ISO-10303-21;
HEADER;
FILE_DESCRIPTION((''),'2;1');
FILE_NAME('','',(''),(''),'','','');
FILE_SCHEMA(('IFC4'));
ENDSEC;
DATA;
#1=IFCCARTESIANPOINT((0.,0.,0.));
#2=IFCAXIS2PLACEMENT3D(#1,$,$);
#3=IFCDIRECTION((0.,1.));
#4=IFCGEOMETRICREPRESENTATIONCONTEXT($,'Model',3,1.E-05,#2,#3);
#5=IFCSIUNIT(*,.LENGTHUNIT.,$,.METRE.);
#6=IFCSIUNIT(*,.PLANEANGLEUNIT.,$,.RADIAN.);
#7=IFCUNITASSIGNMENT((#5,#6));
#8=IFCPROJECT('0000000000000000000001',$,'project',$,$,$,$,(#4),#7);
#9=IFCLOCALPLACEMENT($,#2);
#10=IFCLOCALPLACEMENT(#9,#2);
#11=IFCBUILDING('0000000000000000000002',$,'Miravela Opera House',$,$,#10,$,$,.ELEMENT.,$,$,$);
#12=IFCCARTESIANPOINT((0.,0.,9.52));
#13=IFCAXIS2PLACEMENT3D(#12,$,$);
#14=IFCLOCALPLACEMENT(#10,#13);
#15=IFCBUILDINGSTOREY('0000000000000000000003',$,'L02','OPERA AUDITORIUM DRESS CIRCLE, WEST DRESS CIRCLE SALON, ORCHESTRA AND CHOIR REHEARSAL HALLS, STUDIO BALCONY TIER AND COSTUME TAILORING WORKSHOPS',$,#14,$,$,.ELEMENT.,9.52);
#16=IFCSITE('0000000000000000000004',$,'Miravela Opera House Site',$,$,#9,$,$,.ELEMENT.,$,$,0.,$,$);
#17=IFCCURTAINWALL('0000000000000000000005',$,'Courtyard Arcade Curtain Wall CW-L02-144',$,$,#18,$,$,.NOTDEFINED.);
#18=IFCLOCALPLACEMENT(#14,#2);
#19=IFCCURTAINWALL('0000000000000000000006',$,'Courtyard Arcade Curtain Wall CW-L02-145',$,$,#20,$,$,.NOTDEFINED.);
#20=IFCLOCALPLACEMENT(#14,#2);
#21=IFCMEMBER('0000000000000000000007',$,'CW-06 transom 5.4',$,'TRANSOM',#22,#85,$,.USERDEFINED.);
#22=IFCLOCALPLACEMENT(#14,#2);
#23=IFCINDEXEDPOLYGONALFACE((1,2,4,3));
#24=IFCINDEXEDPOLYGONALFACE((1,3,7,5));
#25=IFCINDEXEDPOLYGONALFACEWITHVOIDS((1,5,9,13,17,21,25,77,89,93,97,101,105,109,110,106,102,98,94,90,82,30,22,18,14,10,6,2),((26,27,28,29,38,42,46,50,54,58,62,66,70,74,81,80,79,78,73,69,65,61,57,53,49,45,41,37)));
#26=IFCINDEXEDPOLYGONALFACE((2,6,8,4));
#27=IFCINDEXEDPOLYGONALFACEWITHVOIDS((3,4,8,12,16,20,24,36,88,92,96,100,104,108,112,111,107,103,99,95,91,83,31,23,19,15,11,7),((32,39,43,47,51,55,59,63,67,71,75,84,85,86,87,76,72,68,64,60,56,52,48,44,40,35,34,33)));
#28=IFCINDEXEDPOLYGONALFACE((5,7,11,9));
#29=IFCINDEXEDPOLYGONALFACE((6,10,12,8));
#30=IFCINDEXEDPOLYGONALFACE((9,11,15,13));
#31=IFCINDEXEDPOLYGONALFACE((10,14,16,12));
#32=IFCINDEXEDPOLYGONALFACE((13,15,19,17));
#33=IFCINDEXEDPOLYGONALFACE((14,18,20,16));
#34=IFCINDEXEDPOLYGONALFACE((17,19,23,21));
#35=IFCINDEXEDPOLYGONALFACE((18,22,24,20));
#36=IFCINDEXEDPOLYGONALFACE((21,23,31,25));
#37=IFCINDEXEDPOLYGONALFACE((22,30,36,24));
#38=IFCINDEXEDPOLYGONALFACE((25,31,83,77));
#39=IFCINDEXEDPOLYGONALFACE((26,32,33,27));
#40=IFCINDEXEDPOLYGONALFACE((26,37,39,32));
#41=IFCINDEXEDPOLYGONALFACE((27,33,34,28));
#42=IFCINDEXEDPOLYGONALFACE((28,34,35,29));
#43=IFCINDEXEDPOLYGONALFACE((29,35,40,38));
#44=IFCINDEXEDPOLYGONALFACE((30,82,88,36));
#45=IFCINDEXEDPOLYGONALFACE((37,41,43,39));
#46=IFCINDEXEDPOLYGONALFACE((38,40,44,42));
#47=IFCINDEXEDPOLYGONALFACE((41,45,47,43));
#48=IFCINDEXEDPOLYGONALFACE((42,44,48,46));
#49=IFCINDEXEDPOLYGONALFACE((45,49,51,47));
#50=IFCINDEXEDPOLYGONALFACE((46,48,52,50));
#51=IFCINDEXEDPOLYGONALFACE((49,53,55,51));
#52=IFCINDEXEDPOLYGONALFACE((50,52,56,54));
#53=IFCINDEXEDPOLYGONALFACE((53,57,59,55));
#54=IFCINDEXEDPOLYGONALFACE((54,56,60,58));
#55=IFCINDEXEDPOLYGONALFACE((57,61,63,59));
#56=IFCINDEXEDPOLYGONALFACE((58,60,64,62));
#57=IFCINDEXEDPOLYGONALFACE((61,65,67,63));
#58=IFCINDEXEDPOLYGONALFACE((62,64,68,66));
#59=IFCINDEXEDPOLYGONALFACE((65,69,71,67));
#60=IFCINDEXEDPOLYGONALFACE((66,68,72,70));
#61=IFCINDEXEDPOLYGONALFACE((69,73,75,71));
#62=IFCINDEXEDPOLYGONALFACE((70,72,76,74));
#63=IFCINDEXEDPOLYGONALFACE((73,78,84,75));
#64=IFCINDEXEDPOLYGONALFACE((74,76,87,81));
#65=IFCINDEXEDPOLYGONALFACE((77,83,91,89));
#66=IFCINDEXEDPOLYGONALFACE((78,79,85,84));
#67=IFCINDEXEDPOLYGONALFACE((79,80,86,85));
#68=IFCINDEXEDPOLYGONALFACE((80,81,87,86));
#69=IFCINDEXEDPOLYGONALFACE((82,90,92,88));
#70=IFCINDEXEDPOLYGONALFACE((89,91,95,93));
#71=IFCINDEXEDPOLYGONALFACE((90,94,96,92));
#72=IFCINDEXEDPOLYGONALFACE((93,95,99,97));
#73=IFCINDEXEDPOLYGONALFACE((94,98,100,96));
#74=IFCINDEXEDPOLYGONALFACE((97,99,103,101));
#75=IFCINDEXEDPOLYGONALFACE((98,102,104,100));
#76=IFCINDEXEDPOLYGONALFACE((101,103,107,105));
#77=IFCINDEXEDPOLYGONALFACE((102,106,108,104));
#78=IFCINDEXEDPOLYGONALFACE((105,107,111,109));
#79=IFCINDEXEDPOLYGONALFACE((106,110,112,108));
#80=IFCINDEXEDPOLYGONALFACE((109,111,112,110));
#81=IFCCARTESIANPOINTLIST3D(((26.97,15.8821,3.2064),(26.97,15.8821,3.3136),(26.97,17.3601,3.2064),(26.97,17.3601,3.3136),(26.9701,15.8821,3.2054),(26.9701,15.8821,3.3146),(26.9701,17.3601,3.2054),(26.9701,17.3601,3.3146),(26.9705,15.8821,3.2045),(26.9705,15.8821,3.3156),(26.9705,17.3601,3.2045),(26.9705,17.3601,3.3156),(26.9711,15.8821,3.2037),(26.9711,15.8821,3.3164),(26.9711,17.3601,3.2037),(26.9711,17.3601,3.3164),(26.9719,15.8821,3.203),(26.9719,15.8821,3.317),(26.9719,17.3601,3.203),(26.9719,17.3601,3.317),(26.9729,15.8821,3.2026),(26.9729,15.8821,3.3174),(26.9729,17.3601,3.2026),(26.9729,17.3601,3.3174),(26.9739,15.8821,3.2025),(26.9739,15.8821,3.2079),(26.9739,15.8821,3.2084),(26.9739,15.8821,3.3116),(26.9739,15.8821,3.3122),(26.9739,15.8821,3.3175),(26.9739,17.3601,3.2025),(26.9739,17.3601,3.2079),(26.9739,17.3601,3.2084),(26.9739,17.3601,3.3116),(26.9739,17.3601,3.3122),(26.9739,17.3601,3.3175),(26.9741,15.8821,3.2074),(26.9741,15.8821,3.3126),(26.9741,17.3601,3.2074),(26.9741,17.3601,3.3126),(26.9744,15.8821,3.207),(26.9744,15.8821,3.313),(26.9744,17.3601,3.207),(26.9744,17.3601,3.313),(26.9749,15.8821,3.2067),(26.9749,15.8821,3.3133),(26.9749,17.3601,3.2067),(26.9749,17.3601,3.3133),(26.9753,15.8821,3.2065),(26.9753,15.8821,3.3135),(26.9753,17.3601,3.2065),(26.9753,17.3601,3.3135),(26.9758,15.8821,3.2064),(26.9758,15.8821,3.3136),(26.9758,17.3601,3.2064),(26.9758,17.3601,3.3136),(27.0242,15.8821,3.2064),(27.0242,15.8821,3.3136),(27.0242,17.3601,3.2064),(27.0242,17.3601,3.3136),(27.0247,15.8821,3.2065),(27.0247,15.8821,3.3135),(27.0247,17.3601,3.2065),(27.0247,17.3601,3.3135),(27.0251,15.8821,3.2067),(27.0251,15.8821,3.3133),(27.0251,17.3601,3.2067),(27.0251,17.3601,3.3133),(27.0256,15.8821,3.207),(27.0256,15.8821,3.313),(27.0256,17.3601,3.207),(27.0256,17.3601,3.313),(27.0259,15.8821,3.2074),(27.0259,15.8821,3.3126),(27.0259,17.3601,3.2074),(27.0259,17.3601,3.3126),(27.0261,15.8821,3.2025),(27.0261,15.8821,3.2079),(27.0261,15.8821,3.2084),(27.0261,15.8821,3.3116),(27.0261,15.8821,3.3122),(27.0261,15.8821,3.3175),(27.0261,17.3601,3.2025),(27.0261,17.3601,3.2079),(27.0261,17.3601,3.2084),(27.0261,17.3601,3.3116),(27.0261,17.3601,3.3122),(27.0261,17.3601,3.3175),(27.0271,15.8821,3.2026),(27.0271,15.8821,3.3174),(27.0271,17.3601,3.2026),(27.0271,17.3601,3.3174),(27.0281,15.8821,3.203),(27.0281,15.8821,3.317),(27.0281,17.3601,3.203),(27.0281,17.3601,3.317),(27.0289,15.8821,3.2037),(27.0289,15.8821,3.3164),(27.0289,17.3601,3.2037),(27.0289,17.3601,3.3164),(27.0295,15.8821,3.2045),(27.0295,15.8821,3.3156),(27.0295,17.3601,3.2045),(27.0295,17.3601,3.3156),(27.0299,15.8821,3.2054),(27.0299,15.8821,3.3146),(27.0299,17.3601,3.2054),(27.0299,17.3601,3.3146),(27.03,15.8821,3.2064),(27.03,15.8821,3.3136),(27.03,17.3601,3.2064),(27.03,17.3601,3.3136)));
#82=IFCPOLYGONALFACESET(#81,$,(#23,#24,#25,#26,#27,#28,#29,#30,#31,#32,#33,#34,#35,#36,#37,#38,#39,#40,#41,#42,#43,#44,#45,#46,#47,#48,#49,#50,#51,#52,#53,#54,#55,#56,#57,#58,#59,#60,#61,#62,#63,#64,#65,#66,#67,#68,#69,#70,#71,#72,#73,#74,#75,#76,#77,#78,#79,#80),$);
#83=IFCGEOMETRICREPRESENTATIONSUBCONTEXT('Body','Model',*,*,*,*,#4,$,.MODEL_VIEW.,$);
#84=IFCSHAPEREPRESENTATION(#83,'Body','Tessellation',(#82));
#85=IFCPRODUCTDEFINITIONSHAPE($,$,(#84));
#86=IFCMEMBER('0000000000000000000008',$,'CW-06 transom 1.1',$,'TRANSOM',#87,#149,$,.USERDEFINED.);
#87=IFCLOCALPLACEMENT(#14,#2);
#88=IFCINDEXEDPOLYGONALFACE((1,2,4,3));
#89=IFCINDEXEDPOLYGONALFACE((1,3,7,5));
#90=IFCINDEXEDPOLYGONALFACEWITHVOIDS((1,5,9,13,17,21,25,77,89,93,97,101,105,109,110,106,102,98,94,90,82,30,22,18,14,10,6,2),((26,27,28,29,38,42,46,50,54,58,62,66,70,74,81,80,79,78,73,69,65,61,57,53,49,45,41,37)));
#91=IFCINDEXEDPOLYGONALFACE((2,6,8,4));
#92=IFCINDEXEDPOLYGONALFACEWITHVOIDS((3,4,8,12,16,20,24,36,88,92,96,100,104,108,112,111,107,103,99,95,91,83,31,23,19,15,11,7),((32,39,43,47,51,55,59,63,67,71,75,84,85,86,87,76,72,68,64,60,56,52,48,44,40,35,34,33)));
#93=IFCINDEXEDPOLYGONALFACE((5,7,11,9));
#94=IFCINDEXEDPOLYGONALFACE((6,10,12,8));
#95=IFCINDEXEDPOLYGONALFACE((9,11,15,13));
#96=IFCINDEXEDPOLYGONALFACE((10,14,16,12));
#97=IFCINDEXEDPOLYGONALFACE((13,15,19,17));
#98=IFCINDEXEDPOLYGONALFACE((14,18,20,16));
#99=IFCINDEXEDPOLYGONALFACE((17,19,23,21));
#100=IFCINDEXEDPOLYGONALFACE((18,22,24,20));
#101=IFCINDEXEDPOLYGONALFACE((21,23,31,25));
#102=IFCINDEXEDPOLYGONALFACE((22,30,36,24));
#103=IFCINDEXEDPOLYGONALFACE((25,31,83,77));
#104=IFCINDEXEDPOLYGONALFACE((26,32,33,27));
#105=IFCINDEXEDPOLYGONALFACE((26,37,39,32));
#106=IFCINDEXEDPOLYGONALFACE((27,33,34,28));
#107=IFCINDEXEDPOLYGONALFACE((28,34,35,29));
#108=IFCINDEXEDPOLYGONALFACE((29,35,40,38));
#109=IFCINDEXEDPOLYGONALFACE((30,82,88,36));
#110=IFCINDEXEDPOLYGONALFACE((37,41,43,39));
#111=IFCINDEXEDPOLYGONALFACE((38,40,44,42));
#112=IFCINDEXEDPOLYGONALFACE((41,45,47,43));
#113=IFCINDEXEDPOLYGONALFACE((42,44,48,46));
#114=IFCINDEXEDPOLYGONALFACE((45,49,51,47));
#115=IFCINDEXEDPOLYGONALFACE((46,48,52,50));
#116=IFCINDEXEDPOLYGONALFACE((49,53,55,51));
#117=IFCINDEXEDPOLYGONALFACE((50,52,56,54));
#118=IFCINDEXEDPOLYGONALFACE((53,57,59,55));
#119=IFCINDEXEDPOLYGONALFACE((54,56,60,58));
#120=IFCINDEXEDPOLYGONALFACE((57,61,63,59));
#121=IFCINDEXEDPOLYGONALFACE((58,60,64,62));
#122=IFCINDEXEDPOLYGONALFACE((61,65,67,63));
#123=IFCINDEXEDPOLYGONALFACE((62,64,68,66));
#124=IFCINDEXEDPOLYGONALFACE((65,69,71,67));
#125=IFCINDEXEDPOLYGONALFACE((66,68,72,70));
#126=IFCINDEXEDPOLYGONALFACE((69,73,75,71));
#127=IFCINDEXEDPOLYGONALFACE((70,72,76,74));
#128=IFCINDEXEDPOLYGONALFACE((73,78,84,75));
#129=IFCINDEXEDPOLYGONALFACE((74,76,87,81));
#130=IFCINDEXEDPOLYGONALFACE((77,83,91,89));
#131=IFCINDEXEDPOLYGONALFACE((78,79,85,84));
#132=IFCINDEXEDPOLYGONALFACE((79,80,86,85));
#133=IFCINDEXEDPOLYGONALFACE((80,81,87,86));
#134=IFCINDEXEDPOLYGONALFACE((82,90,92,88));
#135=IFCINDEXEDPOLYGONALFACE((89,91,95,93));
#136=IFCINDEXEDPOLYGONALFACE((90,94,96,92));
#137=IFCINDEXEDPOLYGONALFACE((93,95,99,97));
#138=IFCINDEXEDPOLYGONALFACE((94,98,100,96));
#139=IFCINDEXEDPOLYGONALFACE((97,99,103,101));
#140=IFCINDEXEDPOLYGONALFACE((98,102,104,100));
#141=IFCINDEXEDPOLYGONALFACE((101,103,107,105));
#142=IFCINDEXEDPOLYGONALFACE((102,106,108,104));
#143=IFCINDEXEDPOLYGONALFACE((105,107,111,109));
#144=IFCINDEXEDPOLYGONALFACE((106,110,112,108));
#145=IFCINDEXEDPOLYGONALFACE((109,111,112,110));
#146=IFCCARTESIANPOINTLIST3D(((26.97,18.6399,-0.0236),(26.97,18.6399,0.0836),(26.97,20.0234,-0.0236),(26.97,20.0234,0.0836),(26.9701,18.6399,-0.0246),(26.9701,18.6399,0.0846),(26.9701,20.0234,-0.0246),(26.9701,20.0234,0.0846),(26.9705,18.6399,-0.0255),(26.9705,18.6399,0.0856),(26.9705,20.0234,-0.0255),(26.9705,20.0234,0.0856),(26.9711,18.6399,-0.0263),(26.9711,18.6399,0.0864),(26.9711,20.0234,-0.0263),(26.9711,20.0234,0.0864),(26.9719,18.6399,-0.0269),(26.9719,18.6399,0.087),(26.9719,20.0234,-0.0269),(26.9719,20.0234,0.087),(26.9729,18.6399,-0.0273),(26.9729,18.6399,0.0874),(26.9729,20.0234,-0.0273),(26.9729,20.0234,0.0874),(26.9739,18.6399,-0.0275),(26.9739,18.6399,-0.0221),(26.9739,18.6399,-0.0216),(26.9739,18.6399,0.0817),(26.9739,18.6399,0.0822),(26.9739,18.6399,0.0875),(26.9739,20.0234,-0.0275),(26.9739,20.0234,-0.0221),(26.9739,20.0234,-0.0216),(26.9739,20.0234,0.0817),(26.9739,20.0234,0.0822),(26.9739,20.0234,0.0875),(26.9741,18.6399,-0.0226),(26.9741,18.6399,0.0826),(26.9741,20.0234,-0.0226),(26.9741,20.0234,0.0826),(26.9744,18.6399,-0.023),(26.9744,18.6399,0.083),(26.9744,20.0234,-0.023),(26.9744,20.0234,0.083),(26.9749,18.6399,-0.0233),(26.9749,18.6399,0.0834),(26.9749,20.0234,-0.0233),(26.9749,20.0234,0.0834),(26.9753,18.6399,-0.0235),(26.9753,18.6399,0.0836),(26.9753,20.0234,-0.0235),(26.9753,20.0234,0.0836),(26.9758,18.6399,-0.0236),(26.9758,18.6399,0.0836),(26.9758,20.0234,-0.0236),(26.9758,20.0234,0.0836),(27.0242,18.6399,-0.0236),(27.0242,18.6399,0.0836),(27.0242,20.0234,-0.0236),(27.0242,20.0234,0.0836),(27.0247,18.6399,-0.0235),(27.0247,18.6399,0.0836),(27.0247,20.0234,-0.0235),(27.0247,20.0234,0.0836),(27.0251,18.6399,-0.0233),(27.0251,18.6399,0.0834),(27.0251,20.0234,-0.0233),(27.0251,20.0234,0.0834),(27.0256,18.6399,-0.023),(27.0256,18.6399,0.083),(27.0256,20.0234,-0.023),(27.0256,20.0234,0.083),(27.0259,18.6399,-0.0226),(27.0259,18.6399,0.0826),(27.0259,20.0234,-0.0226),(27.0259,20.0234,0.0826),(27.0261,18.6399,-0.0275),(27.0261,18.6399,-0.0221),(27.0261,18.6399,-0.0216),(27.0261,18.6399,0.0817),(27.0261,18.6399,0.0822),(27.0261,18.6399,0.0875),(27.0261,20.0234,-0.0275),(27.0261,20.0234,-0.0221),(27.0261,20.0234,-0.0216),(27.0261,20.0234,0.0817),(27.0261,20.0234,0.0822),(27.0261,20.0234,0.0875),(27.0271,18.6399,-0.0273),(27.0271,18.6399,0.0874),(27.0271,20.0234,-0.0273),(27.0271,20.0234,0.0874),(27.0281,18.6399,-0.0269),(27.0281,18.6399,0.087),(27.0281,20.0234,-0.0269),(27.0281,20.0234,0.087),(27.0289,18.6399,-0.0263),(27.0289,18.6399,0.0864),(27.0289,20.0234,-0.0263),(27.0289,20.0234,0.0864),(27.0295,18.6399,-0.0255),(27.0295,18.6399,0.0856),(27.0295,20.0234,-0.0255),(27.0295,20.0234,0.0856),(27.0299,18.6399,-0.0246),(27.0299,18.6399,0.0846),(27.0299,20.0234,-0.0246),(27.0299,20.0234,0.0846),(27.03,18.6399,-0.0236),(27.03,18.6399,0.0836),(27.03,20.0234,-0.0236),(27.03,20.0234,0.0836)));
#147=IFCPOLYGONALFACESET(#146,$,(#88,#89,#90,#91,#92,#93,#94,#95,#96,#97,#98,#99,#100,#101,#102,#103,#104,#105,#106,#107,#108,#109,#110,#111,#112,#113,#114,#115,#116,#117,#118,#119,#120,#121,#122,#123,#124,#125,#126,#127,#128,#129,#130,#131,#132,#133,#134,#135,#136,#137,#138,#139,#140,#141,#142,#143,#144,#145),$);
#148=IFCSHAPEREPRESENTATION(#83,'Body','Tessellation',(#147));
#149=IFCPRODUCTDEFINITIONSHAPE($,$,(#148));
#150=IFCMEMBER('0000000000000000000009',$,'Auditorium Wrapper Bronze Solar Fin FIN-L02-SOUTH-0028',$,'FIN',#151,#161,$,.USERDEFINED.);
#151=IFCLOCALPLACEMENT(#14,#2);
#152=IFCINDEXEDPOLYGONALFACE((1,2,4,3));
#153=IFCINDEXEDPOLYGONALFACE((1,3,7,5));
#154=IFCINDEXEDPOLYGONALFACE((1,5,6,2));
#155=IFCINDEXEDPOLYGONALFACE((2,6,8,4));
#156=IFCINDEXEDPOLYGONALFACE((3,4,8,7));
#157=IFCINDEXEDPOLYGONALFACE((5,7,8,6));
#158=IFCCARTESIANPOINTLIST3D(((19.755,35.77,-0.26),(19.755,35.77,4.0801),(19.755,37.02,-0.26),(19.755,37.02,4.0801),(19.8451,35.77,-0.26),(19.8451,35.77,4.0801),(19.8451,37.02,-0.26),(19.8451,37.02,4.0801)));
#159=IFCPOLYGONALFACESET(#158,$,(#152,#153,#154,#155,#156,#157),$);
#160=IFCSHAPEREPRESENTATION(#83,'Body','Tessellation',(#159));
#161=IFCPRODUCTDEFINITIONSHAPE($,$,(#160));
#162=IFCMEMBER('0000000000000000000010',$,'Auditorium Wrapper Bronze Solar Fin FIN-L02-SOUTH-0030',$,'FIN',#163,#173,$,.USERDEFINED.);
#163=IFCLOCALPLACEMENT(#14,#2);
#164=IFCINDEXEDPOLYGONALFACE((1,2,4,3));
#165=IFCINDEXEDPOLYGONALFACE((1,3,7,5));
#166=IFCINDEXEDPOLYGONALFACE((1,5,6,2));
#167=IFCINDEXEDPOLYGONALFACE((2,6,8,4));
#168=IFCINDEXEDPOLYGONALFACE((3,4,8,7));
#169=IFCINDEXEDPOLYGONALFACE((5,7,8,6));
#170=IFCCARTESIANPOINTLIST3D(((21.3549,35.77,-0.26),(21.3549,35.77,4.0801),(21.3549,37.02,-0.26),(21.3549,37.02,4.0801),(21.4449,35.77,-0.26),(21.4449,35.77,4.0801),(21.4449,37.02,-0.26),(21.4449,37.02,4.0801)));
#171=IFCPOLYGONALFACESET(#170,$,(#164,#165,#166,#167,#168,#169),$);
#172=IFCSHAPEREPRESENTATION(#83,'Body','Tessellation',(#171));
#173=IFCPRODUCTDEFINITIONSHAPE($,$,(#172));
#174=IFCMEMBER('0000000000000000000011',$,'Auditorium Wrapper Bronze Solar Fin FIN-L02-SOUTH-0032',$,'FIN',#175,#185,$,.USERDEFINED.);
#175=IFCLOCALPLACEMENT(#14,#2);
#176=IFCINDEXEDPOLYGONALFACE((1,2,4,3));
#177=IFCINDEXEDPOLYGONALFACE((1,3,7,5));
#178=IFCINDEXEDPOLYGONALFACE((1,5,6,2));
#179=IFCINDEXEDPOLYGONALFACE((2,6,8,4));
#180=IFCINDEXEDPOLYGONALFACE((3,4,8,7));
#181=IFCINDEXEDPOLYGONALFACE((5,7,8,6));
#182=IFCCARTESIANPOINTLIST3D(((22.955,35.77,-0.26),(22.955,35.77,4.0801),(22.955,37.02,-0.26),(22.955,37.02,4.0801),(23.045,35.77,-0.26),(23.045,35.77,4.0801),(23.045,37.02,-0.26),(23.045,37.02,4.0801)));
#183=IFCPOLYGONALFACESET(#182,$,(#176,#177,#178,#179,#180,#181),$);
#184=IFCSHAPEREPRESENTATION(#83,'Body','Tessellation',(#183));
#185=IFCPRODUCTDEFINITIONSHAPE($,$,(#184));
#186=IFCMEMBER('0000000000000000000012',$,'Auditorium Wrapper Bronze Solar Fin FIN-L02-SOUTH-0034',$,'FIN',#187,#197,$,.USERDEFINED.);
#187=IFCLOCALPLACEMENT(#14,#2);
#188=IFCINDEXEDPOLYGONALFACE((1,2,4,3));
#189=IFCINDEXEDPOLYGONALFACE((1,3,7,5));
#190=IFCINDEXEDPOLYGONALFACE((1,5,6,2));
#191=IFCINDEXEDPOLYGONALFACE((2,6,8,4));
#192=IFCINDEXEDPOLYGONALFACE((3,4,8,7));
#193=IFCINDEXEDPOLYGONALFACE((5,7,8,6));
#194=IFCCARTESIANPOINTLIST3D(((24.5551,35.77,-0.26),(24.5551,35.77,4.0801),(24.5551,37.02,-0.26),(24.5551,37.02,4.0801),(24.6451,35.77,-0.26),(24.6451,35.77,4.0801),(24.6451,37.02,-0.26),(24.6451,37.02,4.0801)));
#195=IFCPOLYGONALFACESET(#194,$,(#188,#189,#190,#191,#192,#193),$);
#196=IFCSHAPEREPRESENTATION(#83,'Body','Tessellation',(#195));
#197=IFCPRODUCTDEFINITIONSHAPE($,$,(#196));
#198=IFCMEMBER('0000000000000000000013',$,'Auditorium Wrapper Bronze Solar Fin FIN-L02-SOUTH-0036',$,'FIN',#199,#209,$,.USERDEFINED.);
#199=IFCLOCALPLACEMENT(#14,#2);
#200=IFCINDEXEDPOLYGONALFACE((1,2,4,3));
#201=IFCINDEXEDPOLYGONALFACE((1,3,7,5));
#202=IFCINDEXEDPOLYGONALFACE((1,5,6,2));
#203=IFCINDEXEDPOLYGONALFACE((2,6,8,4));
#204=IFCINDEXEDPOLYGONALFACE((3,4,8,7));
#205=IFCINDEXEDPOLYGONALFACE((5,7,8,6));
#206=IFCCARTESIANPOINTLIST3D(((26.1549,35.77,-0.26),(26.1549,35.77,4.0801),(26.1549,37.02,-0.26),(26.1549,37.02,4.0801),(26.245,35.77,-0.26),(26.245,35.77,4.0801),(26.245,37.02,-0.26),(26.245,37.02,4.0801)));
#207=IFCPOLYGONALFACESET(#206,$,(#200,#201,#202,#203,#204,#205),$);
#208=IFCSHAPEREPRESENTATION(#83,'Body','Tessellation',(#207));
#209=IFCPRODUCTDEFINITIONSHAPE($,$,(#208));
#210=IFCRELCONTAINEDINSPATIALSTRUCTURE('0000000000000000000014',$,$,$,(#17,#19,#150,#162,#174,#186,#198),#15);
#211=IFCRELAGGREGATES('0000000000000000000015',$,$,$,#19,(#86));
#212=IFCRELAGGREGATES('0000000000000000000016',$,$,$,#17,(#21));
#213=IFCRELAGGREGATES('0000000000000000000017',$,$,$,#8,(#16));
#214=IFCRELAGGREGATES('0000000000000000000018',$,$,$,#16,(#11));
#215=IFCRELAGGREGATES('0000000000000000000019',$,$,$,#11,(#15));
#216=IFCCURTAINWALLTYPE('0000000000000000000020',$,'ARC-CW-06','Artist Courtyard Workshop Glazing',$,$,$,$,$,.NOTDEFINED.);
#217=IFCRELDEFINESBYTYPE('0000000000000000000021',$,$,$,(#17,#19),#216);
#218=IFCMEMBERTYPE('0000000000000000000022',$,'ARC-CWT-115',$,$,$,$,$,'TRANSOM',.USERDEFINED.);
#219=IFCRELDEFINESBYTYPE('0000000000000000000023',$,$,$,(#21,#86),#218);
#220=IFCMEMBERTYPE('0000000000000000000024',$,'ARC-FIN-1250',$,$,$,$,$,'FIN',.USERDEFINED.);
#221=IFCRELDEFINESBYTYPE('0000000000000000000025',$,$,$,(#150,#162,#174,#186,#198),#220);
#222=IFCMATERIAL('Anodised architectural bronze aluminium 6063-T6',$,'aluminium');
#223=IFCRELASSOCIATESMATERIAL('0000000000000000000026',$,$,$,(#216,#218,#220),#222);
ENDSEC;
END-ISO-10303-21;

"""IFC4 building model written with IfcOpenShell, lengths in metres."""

from ifc_helpers import new_model, si_unit, direction, frame, origin, origin_2d, place, context, subcontext, project, spatial, rectangle, hollow_rectangle, extrude, material, material_profile, profile_set, type_object, element, aggregate, save


model = new_model("IFC4")

# Units and contexts
model_context = context("Model", 3, precision=1e-05, world=origin(), true_north=direction((0.0, 1.0)))
body_context = subcontext(model_context, "Body", "Model", "MODEL_VIEW")
ifc_project = project(units=[si_unit("LENGTHUNIT", "METRE"), si_unit("PLANEANGLEUNIT", "RADIAN")], contexts=[model_context])

# Site, building, storey
site_placement = place(None, origin())
site = spatial("IfcSite", under=ifc_project, at=site_placement, Name="Miravela Opera House Site", CompositionType="ELEMENT", RefElevation=0.0)
building_placement = place(site_placement, origin())
building = spatial("IfcBuilding", under=site, at=building_placement, Name="Miravela Opera House", CompositionType="ELEMENT")
storey_placement = place(building_placement, frame((0.0, 0.0, 9.52)))
storey = spatial("IfcBuildingStorey", under=building, at=storey_placement, Name="L02", Description="OPERA AUDITORIUM DRESS CIRCLE, WEST DRESS CIRCLE SALON, ORCHESTRA AND CHOIR REHEARSAL HALLS, STUDIO BALCONY TIER AND COSTUME TAILORING WORKSHOPS", CompositionType="ELEMENT", Elevation=9.52)

# Curtain wall
ifc_material_1 = material(Name="Anodised architectural bronze aluminium 6063-T6", Category="aluminium")
curtain_wall_type = type_object("IfcCurtainWallType", Name="ARC-CW-06", Description="Artist Courtyard Workshop Glazing", PredefinedType="NOTDEFINED", material=ifc_material_1)
curtain_wall_1_placement = place(storey_placement, origin())
curtain_wall_1 = element("IfcCurtainWall", 1, at=curtain_wall_1_placement, inside=storey, type_object=curtain_wall_type, Name="Courtyard Arcade Curtain Wall CW-L02-144", PredefinedType="NOTDEFINED")

# Curtain wall
curtain_wall_2_placement = place(storey_placement, origin())
curtain_wall_2 = element("IfcCurtainWall", 2, at=curtain_wall_2_placement, inside=storey, type_object=curtain_wall_type, Name="Courtyard Arcade Curtain Wall CW-L02-145", PredefinedType="NOTDEFINED")

# Members
ifc_material_profile_1 = material_profile(ifc_material_1, hollow_rectangle(XDim=0.0601, YDim=0.115, WallThickness=0.0039, InnerFilletRadius=0.002, OuterFilletRadius=0.0039, at=origin_2d()), Name="CWT-60X115")
ifc_profile_set_1 = profile_set([ifc_material_profile_1])
member_type_1 = type_object("IfcMemberType", Name="ARC-CWT-115", ElementType="TRANSOM", PredefinedType="USERDEFINED", material=ifc_profile_set_1)
member_1_placement = place(storey_placement, frame((27.0, 15.8821, 3.26), z_axis=(0.0, 1.0, 0.0), x_axis=(-1.0, 0.0, 0.0)))
member_1 = element("IfcMember", 3, at=member_1_placement, type_object=member_type_1, Name="CW-06 transom 5.4", ObjectType="TRANSOM", PredefinedType="USERDEFINED", context=body_context, shape_type="SweptSolid", body=[
    extrude(hollow_rectangle(XDim=0.0601, YDim=0.115, WallThickness=0.0039, InnerFilletRadius=0.002, OuterFilletRadius=0.0039, at=origin_2d()), origin(), (0.0, 0.0, 1.0), 1.478),
])
member_2_placement = place(storey_placement, frame((27.0, 18.6399, 0.03), z_axis=(0.0, 1.0, 0.0), x_axis=(-1.0, 0.0, 0.0)))
member_2 = element("IfcMember", 4, at=member_2_placement, type_object=member_type_1, Name="CW-06 transom 1.1", ObjectType="TRANSOM", PredefinedType="USERDEFINED", context=body_context, shape_type="SweptSolid", body=[
    extrude(hollow_rectangle(XDim=0.0601, YDim=0.115, WallThickness=0.0039, InnerFilletRadius=0.002, OuterFilletRadius=0.0039, at=origin_2d()), origin(), (0.0, 0.0, 1.0), 1.3835),
])
aggregate(curtain_wall_2, [member_2])

# Members
ifc_material_profile_2 = material_profile(ifc_material_1, rectangle(XDim=0.0901, YDim=1.25, at=origin_2d()), Name="FIN-1250X90")
ifc_profile_set_2 = profile_set([ifc_material_profile_2])
member_type_2 = type_object("IfcMemberType", Name="ARC-FIN-1250", ElementType="FIN", PredefinedType="USERDEFINED", material=ifc_profile_set_2)
for number, where, z_axis, x_axis, name in (
    (5, (19.8, 36.395, -0.26), (0.0, 0.0, 1.0), (1.0, 0.0, 0.0), "Auditorium Wrapper Bronze Solar Fin FIN-L02-SOUTH-0028"),
    (6, (21.3999, 36.395, -0.26), (0.0, 0.0, 1.0), (1.0, 0.0, 0.0), "Auditorium Wrapper Bronze Solar Fin FIN-L02-SOUTH-0030"),
    (7, (23.0, 36.395, -0.26), (0.0, 0.0, 1.0), (1.0, 0.0, 0.0), "Auditorium Wrapper Bronze Solar Fin FIN-L02-SOUTH-0032"),
    (8, (24.6001, 36.395, -0.26), (0.0, 0.0, 1.0), (1.0, 0.0, 0.0), "Auditorium Wrapper Bronze Solar Fin FIN-L02-SOUTH-0034"),
    (9, (26.2, 36.395, -0.26), (0.0, 0.0, 1.0), (1.0, 0.0, 0.0), "Auditorium Wrapper Bronze Solar Fin FIN-L02-SOUTH-0036"),
):
    element("IfcMember", number, at=place(storey_placement, frame(where, z_axis=z_axis, x_axis=x_axis)), inside=storey, type_object=member_type_2, Name=name, ObjectType="FIN", PredefinedType="USERDEFINED", context=body_context, shape_type="SweptSolid", body=[
        extrude(rectangle(XDim=0.0901, YDim=1.25, at=origin_2d()), origin(), (0.0, 0.0, 1.0), 4.3401),
    ])

aggregate(curtain_wall_1, [member_1])

save(model, "model.ifc")
